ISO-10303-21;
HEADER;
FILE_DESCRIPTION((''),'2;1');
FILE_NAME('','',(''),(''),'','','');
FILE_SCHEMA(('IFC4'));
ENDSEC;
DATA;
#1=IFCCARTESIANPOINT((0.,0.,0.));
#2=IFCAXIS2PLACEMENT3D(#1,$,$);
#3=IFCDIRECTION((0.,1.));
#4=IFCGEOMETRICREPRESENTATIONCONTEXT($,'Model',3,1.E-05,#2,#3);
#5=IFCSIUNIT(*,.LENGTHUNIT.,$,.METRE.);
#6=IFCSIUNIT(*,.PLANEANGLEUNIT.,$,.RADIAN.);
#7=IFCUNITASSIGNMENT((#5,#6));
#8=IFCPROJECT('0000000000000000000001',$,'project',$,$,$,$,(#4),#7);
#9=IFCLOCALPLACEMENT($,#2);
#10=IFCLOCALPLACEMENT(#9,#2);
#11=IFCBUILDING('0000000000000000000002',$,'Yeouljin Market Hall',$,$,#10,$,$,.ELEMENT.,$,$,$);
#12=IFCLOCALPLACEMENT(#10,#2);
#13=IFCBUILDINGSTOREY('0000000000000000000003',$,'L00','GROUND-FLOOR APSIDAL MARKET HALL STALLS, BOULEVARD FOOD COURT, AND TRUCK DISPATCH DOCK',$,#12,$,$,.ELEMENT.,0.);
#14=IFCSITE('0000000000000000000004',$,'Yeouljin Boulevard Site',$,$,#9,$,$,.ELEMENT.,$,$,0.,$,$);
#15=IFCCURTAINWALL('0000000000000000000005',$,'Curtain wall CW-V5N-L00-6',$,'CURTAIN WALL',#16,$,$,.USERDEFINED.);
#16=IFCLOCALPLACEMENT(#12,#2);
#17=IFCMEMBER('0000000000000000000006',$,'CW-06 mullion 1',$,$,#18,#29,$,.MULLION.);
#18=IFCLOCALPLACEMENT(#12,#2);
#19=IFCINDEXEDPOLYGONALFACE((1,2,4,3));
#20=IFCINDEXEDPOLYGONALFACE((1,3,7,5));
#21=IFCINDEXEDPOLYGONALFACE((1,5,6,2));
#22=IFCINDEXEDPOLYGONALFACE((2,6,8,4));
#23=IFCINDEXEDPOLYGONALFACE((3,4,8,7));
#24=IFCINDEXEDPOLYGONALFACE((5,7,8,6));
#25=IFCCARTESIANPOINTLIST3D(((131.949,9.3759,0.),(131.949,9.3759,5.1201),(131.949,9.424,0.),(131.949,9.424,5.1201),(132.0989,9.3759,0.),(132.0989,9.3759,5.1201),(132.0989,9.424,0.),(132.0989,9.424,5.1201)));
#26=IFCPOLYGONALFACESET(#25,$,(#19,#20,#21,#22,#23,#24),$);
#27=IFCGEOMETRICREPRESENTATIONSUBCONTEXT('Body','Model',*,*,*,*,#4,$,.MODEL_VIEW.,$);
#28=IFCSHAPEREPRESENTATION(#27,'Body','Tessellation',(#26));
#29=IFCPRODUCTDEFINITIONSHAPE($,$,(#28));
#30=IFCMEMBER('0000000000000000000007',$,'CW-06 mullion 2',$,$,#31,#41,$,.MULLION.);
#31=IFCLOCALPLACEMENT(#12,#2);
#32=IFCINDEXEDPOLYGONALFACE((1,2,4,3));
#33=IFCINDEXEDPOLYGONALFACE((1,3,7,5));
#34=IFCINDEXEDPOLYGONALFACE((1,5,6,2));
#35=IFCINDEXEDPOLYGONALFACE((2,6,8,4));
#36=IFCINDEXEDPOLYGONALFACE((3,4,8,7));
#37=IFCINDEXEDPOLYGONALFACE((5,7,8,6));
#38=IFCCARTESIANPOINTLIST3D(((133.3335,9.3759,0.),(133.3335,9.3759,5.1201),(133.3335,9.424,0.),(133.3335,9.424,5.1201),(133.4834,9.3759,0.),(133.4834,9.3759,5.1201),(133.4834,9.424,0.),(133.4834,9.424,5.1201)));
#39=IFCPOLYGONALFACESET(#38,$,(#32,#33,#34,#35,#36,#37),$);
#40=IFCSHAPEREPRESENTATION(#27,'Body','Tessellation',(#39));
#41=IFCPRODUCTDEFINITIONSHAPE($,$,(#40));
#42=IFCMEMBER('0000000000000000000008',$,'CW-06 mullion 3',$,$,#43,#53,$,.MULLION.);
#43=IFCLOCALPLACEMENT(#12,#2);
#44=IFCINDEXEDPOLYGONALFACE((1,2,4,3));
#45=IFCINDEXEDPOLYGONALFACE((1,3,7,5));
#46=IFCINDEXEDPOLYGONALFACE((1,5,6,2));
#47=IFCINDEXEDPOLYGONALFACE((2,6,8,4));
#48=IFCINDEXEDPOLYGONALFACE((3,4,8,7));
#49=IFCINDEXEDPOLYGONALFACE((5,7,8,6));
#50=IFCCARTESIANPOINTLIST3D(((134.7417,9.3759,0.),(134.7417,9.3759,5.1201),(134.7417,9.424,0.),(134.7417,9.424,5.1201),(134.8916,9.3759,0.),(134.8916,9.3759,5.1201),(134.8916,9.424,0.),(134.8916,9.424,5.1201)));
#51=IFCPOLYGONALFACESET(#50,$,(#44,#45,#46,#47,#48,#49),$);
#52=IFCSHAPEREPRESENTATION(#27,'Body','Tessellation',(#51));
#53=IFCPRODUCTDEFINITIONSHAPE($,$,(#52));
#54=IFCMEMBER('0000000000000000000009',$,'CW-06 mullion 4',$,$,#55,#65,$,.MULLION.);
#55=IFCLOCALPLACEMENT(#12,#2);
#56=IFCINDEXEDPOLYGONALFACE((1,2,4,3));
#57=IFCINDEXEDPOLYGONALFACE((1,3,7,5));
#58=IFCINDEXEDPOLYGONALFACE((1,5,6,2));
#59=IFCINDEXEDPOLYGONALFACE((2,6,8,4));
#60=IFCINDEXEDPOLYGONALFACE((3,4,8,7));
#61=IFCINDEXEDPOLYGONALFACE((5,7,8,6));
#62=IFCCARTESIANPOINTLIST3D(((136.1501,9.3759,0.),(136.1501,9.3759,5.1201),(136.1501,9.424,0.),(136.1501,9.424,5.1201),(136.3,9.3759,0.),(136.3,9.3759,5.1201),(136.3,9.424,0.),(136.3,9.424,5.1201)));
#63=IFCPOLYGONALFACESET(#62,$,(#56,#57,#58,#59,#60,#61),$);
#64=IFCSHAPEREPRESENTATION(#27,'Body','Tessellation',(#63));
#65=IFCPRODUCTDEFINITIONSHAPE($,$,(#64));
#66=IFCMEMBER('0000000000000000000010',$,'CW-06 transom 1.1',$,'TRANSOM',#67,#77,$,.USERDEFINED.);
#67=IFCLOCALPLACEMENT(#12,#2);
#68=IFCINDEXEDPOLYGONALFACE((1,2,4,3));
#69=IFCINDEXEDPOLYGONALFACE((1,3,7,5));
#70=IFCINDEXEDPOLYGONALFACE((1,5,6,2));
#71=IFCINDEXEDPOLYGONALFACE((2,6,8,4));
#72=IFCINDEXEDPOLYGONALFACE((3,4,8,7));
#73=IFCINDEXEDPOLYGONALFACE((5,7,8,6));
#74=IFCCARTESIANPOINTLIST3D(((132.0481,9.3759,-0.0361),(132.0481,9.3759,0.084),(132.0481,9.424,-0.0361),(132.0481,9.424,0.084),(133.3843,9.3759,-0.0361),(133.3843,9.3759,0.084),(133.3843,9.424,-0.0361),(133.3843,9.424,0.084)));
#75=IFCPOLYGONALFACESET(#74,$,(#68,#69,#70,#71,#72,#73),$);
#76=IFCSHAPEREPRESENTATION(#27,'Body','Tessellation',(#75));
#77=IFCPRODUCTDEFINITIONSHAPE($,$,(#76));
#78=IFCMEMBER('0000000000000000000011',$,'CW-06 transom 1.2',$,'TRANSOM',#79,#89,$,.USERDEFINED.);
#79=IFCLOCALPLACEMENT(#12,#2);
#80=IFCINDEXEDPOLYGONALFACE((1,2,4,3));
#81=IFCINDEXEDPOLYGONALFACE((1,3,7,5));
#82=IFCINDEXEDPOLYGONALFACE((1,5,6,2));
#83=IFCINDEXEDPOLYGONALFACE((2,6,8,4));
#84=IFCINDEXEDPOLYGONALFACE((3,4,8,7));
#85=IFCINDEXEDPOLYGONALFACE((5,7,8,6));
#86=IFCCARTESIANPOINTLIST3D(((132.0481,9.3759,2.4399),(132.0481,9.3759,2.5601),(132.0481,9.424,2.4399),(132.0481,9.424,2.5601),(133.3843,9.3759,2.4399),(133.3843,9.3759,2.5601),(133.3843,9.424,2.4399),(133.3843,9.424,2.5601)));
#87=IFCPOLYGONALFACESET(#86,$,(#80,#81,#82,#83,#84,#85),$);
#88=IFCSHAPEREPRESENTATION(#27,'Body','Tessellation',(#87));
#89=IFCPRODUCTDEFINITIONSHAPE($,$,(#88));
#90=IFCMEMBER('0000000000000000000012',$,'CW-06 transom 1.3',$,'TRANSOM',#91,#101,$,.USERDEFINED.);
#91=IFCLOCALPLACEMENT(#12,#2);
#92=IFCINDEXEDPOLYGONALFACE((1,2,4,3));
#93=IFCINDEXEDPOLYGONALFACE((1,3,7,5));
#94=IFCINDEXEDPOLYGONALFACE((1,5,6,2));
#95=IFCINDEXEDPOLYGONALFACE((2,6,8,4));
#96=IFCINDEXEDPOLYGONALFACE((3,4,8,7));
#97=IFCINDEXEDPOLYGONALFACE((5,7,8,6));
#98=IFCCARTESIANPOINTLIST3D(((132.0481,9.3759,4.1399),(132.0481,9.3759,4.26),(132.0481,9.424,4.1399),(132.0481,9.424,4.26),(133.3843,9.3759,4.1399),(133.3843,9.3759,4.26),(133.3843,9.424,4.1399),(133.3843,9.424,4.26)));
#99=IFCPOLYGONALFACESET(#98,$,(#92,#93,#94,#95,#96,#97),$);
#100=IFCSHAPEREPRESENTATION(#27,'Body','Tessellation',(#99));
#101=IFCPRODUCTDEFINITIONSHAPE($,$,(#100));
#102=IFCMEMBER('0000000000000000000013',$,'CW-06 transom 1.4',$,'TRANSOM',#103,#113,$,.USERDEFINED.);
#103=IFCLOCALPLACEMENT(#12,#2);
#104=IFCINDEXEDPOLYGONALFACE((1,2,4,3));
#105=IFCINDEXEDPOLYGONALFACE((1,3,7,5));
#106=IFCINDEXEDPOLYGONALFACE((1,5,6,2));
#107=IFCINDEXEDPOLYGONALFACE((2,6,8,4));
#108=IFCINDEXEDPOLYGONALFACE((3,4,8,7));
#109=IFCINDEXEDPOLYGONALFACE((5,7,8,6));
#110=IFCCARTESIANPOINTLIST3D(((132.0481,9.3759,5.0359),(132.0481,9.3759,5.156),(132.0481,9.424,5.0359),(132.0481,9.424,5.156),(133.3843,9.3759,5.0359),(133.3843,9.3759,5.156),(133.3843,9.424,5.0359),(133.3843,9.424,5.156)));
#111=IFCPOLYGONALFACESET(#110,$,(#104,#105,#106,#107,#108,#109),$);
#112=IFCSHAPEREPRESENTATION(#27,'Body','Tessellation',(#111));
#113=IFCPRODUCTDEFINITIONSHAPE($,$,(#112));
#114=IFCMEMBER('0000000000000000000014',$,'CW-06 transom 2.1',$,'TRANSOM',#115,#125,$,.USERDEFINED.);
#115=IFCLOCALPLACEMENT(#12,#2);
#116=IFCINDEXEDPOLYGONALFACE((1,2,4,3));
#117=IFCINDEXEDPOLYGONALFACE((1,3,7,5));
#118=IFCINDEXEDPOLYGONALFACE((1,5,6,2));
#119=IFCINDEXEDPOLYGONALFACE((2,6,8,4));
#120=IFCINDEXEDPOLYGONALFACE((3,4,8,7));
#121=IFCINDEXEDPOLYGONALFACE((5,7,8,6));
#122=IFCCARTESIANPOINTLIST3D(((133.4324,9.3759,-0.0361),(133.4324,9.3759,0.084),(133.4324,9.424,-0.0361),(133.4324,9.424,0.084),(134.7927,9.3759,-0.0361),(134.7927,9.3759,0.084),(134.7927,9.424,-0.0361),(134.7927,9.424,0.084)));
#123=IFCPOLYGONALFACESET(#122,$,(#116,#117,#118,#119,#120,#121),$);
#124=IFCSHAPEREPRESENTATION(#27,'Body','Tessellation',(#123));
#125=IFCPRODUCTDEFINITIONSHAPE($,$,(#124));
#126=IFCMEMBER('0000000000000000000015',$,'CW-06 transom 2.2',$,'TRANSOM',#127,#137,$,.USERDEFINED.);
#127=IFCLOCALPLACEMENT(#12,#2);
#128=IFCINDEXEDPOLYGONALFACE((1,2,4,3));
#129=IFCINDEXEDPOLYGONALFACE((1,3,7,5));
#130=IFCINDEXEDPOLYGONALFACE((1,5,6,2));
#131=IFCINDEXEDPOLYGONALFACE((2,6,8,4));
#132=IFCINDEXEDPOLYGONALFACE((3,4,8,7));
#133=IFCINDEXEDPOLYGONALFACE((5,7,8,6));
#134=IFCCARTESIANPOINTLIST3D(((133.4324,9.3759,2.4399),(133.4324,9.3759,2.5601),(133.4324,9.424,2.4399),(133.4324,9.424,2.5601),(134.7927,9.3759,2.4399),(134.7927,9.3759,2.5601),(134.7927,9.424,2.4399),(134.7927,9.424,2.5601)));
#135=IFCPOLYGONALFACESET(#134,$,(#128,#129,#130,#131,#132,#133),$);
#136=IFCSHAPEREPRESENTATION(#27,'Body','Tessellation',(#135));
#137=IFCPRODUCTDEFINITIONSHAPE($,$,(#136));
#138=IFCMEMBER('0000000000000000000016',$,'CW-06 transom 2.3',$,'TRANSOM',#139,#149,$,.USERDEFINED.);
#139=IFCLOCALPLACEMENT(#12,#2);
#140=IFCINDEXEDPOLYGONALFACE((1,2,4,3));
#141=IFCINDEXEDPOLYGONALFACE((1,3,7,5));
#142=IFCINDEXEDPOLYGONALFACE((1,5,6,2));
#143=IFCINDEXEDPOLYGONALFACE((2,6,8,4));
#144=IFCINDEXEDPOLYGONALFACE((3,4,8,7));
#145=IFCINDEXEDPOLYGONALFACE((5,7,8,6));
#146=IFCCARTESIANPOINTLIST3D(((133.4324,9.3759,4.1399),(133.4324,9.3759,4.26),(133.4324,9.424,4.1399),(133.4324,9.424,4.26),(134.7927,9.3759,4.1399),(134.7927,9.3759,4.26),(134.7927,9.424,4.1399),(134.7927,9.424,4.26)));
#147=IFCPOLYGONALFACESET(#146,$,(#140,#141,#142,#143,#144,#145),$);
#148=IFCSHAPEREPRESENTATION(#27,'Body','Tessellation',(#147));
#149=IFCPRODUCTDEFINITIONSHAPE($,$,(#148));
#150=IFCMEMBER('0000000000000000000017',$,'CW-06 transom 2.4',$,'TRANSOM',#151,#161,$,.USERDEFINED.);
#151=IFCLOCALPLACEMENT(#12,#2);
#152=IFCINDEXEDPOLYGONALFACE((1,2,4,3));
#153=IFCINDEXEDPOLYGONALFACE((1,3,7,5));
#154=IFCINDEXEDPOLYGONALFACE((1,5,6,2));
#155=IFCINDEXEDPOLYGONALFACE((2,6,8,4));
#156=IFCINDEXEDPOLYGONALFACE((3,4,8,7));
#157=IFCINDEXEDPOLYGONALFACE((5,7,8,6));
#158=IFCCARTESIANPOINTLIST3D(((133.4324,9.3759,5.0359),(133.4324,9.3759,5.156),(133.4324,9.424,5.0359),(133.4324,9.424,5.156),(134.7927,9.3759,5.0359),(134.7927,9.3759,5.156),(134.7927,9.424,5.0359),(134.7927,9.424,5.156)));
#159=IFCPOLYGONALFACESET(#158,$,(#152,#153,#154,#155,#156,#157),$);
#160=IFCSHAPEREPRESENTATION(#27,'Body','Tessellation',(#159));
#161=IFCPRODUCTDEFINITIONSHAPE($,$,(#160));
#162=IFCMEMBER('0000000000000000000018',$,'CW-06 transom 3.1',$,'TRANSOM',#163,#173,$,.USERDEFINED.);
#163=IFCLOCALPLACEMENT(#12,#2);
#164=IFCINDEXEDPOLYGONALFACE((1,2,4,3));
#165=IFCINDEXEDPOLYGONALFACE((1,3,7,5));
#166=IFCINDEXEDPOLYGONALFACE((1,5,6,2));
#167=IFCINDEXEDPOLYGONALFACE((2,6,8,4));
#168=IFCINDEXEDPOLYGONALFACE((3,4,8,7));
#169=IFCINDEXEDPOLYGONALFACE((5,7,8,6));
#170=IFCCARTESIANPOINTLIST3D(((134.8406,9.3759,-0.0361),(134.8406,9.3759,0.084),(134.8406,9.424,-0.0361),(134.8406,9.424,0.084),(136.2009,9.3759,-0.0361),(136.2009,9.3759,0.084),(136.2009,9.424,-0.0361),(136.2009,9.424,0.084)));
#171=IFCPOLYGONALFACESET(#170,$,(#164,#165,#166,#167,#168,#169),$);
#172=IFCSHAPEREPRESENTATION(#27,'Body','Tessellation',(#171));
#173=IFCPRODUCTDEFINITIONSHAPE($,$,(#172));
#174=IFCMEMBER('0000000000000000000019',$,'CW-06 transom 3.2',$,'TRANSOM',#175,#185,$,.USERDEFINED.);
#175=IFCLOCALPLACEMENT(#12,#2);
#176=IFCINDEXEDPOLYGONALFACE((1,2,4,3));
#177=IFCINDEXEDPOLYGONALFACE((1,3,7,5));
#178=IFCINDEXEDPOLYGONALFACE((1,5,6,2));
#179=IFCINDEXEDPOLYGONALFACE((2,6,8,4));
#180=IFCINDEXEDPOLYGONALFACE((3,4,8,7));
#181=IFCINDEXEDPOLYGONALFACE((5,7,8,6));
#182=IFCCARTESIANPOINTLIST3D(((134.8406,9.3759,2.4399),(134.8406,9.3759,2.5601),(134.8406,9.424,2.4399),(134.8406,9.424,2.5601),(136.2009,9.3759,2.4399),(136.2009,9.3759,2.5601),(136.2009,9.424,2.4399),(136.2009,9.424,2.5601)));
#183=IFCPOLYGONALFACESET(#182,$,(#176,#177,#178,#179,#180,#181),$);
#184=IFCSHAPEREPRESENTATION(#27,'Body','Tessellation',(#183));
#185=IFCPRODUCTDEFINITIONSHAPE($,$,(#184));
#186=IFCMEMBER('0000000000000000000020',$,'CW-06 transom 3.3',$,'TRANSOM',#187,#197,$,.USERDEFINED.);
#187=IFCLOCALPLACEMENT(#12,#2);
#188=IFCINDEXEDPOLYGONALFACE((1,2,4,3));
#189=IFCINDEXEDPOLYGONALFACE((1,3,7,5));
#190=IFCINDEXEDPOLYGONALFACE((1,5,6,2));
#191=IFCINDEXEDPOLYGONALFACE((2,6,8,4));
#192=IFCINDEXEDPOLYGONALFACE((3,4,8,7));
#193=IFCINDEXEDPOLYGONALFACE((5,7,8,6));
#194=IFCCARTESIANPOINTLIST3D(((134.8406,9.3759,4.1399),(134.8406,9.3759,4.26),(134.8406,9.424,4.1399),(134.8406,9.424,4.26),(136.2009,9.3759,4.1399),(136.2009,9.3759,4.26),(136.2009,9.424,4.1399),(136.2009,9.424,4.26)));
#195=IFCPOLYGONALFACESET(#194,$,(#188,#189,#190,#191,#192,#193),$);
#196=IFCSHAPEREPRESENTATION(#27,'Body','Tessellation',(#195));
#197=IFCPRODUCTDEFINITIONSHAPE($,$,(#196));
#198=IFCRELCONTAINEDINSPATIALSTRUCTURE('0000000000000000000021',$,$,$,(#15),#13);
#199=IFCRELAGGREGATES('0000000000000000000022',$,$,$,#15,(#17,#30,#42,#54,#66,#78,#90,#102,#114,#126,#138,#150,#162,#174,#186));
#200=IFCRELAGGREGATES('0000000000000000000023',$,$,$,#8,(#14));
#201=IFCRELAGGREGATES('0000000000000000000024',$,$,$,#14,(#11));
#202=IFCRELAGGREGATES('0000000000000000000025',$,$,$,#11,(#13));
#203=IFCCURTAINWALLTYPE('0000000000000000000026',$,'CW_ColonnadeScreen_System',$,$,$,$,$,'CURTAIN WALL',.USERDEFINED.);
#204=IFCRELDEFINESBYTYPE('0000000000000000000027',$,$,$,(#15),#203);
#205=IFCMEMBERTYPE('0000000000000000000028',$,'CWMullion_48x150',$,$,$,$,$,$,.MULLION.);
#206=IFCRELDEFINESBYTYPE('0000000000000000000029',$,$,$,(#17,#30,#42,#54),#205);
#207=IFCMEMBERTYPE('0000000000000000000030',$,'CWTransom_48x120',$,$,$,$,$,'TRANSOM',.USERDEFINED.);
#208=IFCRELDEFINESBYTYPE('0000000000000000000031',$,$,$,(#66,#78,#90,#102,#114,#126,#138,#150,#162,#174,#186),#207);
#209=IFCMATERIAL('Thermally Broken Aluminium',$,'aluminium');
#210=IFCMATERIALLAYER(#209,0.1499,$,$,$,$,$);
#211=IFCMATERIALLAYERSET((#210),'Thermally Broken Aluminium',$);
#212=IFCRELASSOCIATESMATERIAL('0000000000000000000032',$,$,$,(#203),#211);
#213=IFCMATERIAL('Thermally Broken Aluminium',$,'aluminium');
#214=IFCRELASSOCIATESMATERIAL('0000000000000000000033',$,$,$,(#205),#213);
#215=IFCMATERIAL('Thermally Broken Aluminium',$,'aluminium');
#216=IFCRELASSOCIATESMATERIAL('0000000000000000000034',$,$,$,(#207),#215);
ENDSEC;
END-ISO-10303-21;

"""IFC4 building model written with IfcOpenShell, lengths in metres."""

from ifc_helpers import new_model, si_unit, direction, frame, origin, origin_2d, place, context, subcontext, project, spatial, rectangle, extrude, material, layer, layer_set, material_profile, profile_set, type_object, element, aggregate, save


model = new_model("IFC4")

# Units and contexts
model_context = context("Model", 3, precision=1e-05, world=origin(), true_north=direction((0.0, 1.0)))
body_context = subcontext(model_context, "Body", "Model", "MODEL_VIEW")
ifc_project = project(units=[si_unit("LENGTHUNIT", "METRE"), si_unit("PLANEANGLEUNIT", "RADIAN")], contexts=[model_context])

# Site, building, storey
site_placement = place(None, origin())
site = spatial("IfcSite", under=ifc_project, at=site_placement, Name="Yeouljin Boulevard Site", CompositionType="ELEMENT", RefElevation=0.0)
building_placement = place(site_placement, origin())
building = spatial("IfcBuilding", under=site, at=building_placement, Name="Yeouljin Market Hall", CompositionType="ELEMENT")
storey_placement = place(building_placement, origin())
storey = spatial("IfcBuildingStorey", under=building, at=storey_placement, Name="L00", Description="GROUND-FLOOR APSIDAL MARKET HALL STALLS, BOULEVARD FOOD COURT, AND TRUCK DISPATCH DOCK", CompositionType="ELEMENT", Elevation=0.0)

# Curtain wall, members
ifc_material_1 = material(Name="Thermally Broken Aluminium", Category="aluminium")
ifc_layer_1 = layer(ifc_material_1, 0.1499)
ifc_layer_set_1 = layer_set([ifc_layer_1], Name="Thermally Broken Aluminium")
curtain_wall_type = type_object("IfcCurtainWallType", Name="CW_ColonnadeScreen_System", ElementType="CURTAIN WALL", PredefinedType="USERDEFINED", material=ifc_layer_set_1)
curtain_wall_placement = place(storey_placement, origin())
curtain_wall = element("IfcCurtainWall", 1, at=curtain_wall_placement, inside=storey, type_object=curtain_wall_type, Name="Curtain wall CW-V5N-L00-6", ObjectType="CURTAIN WALL", PredefinedType="USERDEFINED")
ifc_material_2 = material(Name="Thermally Broken Aluminium", Category="aluminium")
ifc_material_profile_1 = material_profile(ifc_material_2, rectangle(XDim=0.0481, YDim=0.1499, at=origin_2d()), Name="CW-MULL-48x150")
ifc_profile_set_1 = profile_set([ifc_material_profile_1], Name="Thermally Broken Aluminium")
member_type_1 = type_object("IfcMemberType", Name="CWMullion_48x150", PredefinedType="MULLION", material=ifc_profile_set_1)
member_1_placement = place(storey_placement, frame((132.0239, 9.3999, 0.0), z_axis=(0.0, 0.0, 1.0), x_axis=(0.0, 1.0, 0.0)))
member_1 = element("IfcMember", 2, at=member_1_placement, type_object=member_type_1, Name="CW-06 mullion 1", PredefinedType="MULLION", context=body_context, shape_type="SweptSolid", body=[
    extrude(rectangle(XDim=0.0481, YDim=0.1499, at=origin_2d()), origin(), (0.0, 0.0, 1.0), 5.1201),
])
member_2_placement = place(storey_placement, frame((133.4084, 9.3999, 0.0), z_axis=(0.0, 0.0, 1.0), x_axis=(0.0, 1.0, 0.0)))
member_2 = element("IfcMember", 3, at=member_2_placement, type_object=member_type_1, Name="CW-06 mullion 2", PredefinedType="MULLION", context=body_context, shape_type="SweptSolid", body=[
    extrude(rectangle(XDim=0.0481, YDim=0.1499, at=origin_2d()), origin(), (0.0, 0.0, 1.0), 5.1201),
])
member_3_placement = place(storey_placement, frame((134.8167, 9.3999, 0.0), z_axis=(0.0, 0.0, 1.0), x_axis=(0.0, 1.0, 0.0)))
member_3 = element("IfcMember", 4, at=member_3_placement, type_object=member_type_1, Name="CW-06 mullion 3", PredefinedType="MULLION", context=body_context, shape_type="SweptSolid", body=[
    extrude(rectangle(XDim=0.0481, YDim=0.1499, at=origin_2d()), origin(), (0.0, 0.0, 1.0), 5.1201),
])
member_4_placement = place(storey_placement, frame((136.2251, 9.3999, 0.0), z_axis=(0.0, 0.0, 1.0), x_axis=(0.0, 1.0, 0.0)))
member_4 = element("IfcMember", 5, at=member_4_placement, type_object=member_type_1, Name="CW-06 mullion 4", PredefinedType="MULLION", context=body_context, shape_type="SweptSolid", body=[
    extrude(rectangle(XDim=0.0481, YDim=0.1499, at=origin_2d()), origin(), (0.0, 0.0, 1.0), 5.1201),
])
ifc_material_3 = material(Name="Thermally Broken Aluminium", Category="aluminium")
ifc_material_profile_2 = material_profile(ifc_material_3, rectangle(XDim=0.0481, YDim=0.1201, at=origin_2d()), Name="CW-TRAN-48x120")
ifc_profile_set_2 = profile_set([ifc_material_profile_2], Name="Thermally Broken Aluminium")
member_type_2 = type_object("IfcMemberType", Name="CWTransom_48x120", ElementType="TRANSOM", PredefinedType="USERDEFINED", material=ifc_profile_set_2)
member_5_placement = place(storey_placement, frame((132.0481, 9.3999, 0.0239), z_axis=(1.0, 0.0, 0.0), x_axis=(0.0, 1.0, 0.0)))
member_5 = element("IfcMember", 6, at=member_5_placement, type_object=member_type_2, Name="CW-06 transom 1.1", ObjectType="TRANSOM", PredefinedType="USERDEFINED", context=body_context, shape_type="SweptSolid", body=[
    extrude(rectangle(XDim=0.0481, YDim=0.1201, at=origin_2d()), origin(), (0.0, 0.0, 1.0), 1.3362),
])
member_6_placement = place(storey_placement, frame((132.0481, 9.3999, 2.5), z_axis=(1.0, 0.0, 0.0), x_axis=(0.0, 1.0, 0.0)))
member_6 = element("IfcMember", 7, at=member_6_placement, type_object=member_type_2, Name="CW-06 transom 1.2", ObjectType="TRANSOM", PredefinedType="USERDEFINED", context=body_context, shape_type="SweptSolid", body=[
    extrude(rectangle(XDim=0.0481, YDim=0.1201, at=origin_2d()), origin(), (0.0, 0.0, 1.0), 1.3362),
])
member_7_placement = place(storey_placement, frame((132.0481, 9.3999, 4.2), z_axis=(1.0, 0.0, 0.0), x_axis=(0.0, 1.0, 0.0)))
member_7 = element("IfcMember", 8, at=member_7_placement, type_object=member_type_2, Name="CW-06 transom 1.3", ObjectType="TRANSOM", PredefinedType="USERDEFINED", context=body_context, shape_type="SweptSolid", body=[
    extrude(rectangle(XDim=0.0481, YDim=0.1201, at=origin_2d()), origin(), (0.0, 0.0, 1.0), 1.3362),
])
member_8_placement = place(storey_placement, frame((132.0481, 9.3999, 5.0959), z_axis=(1.0, 0.0, 0.0), x_axis=(0.0, 1.0, 0.0)))
member_8 = element("IfcMember", 9, at=member_8_placement, type_object=member_type_2, Name="CW-06 transom 1.4", ObjectType="TRANSOM", PredefinedType="USERDEFINED", context=body_context, shape_type="SweptSolid", body=[
    extrude(rectangle(XDim=0.0481, YDim=0.1201, at=origin_2d()), origin(), (0.0, 0.0, 1.0), 1.3362),
])
member_9_placement = place(storey_placement, frame((133.4324, 9.3999, 0.0239), z_axis=(1.0, 0.0, 0.0), x_axis=(0.0, 1.0, 0.0)))
member_9 = element("IfcMember", 10, at=member_9_placement, type_object=member_type_2, Name="CW-06 transom 2.1", ObjectType="TRANSOM", PredefinedType="USERDEFINED", context=body_context, shape_type="SweptSolid", body=[
    extrude(rectangle(XDim=0.0481, YDim=0.1201, at=origin_2d()), origin(), (0.0, 0.0, 1.0), 1.3604),
])
member_10_placement = place(storey_placement, frame((133.4324, 9.3999, 2.5), z_axis=(1.0, 0.0, 0.0), x_axis=(0.0, 1.0, 0.0)))
member_10 = element("IfcMember", 11, at=member_10_placement, type_object=member_type_2, Name="CW-06 transom 2.2", ObjectType="TRANSOM", PredefinedType="USERDEFINED", context=body_context, shape_type="SweptSolid", body=[
    extrude(rectangle(XDim=0.0481, YDim=0.1201, at=origin_2d()), origin(), (0.0, 0.0, 1.0), 1.3604),
])
member_11_placement = place(storey_placement, frame((133.4324, 9.3999, 4.2), z_axis=(1.0, 0.0, 0.0), x_axis=(0.0, 1.0, 0.0)))
member_11 = element("IfcMember", 12, at=member_11_placement, type_object=member_type_2, Name="CW-06 transom 2.3", ObjectType="TRANSOM", PredefinedType="USERDEFINED", context=body_context, shape_type="SweptSolid", body=[
    extrude(rectangle(XDim=0.0481, YDim=0.1201, at=origin_2d()), origin(), (0.0, 0.0, 1.0), 1.3604),
])
member_12_placement = place(storey_placement, frame((133.4324, 9.3999, 5.0959), z_axis=(1.0, 0.0, 0.0), x_axis=(0.0, 1.0, 0.0)))
member_12 = element("IfcMember", 13, at=member_12_placement, type_object=member_type_2, Name="CW-06 transom 2.4", ObjectType="TRANSOM", PredefinedType="USERDEFINED", context=body_context, shape_type="SweptSolid", body=[
    extrude(rectangle(XDim=0.0481, YDim=0.1201, at=origin_2d()), origin(), (0.0, 0.0, 1.0), 1.3604),
])
member_13_placement = place(storey_placement, frame((134.8406, 9.3999, 0.0239), z_axis=(1.0, 0.0, 0.0), x_axis=(0.0, 1.0, 0.0)))
member_13 = element("IfcMember", 14, at=member_13_placement, type_object=member_type_2, Name="CW-06 transom 3.1", ObjectType="TRANSOM", PredefinedType="USERDEFINED", context=body_context, shape_type="SweptSolid", body=[
    extrude(rectangle(XDim=0.0481, YDim=0.1201, at=origin_2d()), origin(), (0.0, 0.0, 1.0), 1.3604),
])
member_14_placement = place(storey_placement, frame((134.8406, 9.3999, 2.5), z_axis=(1.0, 0.0, 0.0), x_axis=(0.0, 1.0, 0.0)))
member_14 = element("IfcMember", 15, at=member_14_placement, type_object=member_type_2, Name="CW-06 transom 3.2", ObjectType="TRANSOM", PredefinedType="USERDEFINED", context=body_context, shape_type="SweptSolid", body=[
    extrude(rectangle(XDim=0.0481, YDim=0.1201, at=origin_2d()), origin(), (0.0, 0.0, 1.0), 1.3604),
])
member_15_placement = place(storey_placement, frame((134.8406, 9.3999, 4.2), z_axis=(1.0, 0.0, 0.0), x_axis=(0.0, 1.0, 0.0)))
member_15 = element("IfcMember", 16, at=member_15_placement, type_object=member_type_2, Name="CW-06 transom 3.3", ObjectType="TRANSOM", PredefinedType="USERDEFINED", context=body_context, shape_type="SweptSolid", body=[
    extrude(rectangle(XDim=0.0481, YDim=0.1201, at=origin_2d()), origin(), (0.0, 0.0, 1.0), 1.3604),
])

aggregate(curtain_wall, [member_1, member_2, member_3, member_4, member_5, member_6, member_7, member_8, member_9, member_10, member_11, member_12, member_13, member_14, member_15])

save(model, "model.ifc")
